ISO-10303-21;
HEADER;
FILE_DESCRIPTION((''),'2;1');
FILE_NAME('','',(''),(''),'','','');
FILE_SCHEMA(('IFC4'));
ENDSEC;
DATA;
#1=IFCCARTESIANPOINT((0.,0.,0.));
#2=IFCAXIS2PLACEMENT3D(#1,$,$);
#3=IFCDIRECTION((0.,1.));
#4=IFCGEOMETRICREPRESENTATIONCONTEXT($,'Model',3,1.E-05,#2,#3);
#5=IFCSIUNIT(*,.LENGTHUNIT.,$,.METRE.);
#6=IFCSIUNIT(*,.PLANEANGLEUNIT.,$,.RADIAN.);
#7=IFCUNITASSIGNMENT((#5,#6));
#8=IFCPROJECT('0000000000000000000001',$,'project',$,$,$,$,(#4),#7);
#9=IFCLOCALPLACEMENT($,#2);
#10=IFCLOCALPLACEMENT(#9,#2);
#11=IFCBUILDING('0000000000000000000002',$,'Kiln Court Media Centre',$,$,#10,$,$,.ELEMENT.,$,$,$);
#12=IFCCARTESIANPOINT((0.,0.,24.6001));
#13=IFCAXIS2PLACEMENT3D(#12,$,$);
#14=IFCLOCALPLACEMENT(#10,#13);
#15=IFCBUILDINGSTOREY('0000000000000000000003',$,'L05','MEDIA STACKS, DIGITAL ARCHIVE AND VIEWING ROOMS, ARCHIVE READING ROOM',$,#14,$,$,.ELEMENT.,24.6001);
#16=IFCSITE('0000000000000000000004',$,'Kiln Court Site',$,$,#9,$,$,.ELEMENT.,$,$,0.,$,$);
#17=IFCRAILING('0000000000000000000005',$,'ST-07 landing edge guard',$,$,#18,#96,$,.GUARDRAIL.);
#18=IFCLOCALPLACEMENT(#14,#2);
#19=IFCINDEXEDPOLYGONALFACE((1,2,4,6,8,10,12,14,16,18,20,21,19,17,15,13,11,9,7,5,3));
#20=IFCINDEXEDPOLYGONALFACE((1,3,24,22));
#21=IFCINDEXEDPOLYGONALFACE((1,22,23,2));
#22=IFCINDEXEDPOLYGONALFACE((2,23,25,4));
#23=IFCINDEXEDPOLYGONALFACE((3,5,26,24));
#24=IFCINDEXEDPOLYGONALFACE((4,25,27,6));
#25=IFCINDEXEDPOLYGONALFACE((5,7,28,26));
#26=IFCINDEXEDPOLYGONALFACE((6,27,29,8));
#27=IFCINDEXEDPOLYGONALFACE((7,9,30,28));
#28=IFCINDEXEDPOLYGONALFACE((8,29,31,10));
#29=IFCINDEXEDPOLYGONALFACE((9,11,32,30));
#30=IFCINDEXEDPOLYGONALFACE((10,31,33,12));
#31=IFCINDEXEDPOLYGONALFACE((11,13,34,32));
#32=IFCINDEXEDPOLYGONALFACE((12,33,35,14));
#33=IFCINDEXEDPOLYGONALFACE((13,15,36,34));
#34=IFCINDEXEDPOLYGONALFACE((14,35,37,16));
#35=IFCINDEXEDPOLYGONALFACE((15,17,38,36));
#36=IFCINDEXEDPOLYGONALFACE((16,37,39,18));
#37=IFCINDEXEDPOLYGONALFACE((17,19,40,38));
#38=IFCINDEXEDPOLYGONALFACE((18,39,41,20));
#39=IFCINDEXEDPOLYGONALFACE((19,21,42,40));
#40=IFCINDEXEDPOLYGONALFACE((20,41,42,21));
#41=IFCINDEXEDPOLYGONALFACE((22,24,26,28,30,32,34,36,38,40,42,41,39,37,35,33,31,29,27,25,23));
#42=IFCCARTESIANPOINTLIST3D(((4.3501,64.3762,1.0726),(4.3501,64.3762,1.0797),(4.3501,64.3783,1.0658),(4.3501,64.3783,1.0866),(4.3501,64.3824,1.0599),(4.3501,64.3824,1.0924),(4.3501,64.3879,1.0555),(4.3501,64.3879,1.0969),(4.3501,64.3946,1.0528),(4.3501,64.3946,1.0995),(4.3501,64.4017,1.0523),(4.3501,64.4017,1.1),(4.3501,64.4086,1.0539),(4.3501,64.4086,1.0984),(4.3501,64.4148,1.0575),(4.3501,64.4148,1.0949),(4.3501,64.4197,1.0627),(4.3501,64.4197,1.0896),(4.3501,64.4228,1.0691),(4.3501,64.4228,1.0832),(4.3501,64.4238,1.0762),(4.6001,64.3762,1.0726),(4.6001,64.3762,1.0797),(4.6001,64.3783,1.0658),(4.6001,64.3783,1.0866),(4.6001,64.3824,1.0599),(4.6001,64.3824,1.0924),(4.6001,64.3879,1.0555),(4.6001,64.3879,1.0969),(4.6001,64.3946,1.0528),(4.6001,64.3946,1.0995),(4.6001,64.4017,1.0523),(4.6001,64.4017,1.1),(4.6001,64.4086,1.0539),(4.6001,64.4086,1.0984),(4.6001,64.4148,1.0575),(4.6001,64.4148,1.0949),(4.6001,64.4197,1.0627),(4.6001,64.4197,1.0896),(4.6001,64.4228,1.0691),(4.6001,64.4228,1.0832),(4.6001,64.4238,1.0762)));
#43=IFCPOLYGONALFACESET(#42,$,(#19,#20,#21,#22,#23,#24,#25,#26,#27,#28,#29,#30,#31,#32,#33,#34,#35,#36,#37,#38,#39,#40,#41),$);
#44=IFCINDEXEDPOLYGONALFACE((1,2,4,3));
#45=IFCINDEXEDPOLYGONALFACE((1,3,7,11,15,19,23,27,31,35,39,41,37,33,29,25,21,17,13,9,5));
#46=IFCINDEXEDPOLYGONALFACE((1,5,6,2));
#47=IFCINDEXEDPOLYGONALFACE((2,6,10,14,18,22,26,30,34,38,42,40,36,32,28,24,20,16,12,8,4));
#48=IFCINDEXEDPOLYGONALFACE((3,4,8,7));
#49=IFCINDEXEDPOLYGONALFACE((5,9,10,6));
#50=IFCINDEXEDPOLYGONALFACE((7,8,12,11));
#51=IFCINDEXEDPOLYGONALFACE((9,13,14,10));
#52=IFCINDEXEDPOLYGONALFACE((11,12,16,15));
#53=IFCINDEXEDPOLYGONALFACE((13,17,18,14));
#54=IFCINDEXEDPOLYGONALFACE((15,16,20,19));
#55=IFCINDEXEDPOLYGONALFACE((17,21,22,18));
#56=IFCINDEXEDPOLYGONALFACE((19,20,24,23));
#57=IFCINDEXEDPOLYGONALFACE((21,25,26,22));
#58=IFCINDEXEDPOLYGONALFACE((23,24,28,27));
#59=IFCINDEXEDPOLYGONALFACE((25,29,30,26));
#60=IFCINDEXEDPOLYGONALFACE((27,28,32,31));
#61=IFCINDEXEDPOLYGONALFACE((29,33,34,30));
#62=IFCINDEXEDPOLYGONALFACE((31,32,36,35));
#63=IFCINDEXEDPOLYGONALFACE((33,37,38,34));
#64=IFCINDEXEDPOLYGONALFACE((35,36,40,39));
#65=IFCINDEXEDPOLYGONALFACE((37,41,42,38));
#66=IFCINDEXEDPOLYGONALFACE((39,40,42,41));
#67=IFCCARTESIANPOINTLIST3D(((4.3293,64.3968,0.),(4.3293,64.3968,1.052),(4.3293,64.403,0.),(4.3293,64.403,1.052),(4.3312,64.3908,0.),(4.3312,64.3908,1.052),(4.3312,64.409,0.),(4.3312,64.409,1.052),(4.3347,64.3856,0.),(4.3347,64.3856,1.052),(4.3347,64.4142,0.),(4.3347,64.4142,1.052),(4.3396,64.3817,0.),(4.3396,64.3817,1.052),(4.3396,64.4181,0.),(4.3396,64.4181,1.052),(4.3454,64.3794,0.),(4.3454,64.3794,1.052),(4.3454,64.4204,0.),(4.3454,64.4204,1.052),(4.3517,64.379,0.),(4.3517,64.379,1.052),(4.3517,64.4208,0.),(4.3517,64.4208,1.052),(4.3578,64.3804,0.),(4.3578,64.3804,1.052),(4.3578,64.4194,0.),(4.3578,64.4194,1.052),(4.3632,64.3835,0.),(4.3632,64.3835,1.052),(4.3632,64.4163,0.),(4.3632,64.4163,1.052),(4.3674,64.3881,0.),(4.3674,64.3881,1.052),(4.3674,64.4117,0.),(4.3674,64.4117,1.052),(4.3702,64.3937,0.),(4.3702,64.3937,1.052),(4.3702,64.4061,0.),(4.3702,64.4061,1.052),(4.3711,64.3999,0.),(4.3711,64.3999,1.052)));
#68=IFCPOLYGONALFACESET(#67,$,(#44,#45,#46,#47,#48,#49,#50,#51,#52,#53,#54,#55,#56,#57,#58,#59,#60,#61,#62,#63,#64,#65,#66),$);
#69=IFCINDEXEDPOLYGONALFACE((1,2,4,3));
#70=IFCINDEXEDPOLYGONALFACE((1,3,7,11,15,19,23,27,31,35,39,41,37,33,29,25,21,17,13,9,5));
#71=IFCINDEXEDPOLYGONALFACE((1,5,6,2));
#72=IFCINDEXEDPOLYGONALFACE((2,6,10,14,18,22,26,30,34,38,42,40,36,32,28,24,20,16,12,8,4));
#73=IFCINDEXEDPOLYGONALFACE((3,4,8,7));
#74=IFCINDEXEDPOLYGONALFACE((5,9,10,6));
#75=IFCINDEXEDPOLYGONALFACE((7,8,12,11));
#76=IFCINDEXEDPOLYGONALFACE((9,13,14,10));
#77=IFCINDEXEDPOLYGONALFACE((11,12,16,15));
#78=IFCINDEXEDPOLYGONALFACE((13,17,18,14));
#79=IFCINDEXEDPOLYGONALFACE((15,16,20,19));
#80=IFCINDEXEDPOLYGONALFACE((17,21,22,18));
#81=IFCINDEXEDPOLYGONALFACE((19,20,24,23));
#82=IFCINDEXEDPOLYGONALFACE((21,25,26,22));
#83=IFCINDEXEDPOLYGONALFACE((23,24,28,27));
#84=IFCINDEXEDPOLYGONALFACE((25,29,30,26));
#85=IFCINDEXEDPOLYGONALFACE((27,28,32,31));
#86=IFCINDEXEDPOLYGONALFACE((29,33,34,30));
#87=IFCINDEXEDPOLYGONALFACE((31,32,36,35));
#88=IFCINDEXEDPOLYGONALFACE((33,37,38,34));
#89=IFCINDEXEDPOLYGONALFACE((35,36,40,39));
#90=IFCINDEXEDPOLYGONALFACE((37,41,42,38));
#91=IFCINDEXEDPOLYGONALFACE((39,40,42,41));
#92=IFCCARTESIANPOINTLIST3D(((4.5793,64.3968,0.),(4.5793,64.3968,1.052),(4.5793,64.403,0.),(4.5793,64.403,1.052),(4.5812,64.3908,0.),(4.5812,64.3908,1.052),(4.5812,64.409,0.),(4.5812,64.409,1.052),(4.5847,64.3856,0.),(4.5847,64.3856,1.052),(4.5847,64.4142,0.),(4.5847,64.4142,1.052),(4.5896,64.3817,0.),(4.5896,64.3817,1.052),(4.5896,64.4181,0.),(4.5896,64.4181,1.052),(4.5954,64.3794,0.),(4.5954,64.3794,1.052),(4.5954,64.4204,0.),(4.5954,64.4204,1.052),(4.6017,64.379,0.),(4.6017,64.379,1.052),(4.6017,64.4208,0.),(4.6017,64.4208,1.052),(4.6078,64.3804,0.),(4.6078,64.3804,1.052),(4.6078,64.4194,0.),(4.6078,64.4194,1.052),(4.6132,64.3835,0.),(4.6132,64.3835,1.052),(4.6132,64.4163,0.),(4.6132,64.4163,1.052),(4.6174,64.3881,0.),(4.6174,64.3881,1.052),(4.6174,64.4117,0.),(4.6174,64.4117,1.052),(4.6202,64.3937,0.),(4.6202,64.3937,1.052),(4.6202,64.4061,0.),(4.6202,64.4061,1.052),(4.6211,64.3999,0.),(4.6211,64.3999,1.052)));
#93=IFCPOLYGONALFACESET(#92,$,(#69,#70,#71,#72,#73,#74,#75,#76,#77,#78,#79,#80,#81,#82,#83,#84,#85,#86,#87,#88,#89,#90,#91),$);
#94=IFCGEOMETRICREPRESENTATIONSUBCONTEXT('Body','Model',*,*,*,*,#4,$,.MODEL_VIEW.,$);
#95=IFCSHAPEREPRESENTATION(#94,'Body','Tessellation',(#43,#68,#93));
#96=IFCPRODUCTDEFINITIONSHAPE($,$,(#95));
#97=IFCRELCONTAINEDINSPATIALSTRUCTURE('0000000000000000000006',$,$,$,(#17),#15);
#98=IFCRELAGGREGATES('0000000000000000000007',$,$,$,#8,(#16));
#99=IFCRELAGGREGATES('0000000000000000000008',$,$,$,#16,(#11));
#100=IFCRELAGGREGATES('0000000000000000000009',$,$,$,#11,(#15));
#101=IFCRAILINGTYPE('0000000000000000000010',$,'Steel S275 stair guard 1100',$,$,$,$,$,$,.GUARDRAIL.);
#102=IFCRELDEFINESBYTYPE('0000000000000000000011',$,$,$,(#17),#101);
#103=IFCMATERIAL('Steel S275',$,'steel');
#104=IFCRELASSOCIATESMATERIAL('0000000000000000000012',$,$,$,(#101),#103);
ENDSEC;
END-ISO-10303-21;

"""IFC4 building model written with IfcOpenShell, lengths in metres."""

from ifc_helpers import new_model, si_unit, direction, frame, origin, origin_2d, place, context, subcontext, project, spatial, circle, extrude, material, type_object, element, save


model = new_model("IFC4")

# Units and contexts
model_context = context("Model", 3, precision=1e-05, world=origin(), true_north=direction((0.0, 1.0)))
body_context = subcontext(model_context, "Body", "Model", "MODEL_VIEW")
ifc_project = project(units=[si_unit("LENGTHUNIT", "METRE"), si_unit("PLANEANGLEUNIT", "RADIAN")], contexts=[model_context])

# Site, building, storey
site_placement = place(None, origin())
site = spatial("IfcSite", under=ifc_project, at=site_placement, Name="Kiln Court Site", CompositionType="ELEMENT", RefElevation=0.0)
building_placement = place(site_placement, origin())
building = spatial("IfcBuilding", under=site, at=building_placement, Name="Kiln Court Media Centre", CompositionType="ELEMENT")
storey_placement = place(building_placement, frame((0.0, 0.0, 24.6001)))
storey = spatial("IfcBuildingStorey", under=building, at=storey_placement, Name="L05", Description="MEDIA STACKS, DIGITAL ARCHIVE AND VIEWING ROOMS, ARCHIVE READING ROOM", CompositionType="ELEMENT", Elevation=24.6001)

# Railing
ifc_material_1 = material(Name="Steel S275", Category="steel")
railing_type_1 = type_object("IfcRailingType", Name="Steel S275 stair guard 1100", PredefinedType="GUARDRAIL", material=ifc_material_1)
for number, where, name in (
    (1, (4.3501, 64.3999, 0.0), "ST-07 landing edge guard"),
):
    element("IfcRailing", number, at=place(storey_placement, frame(where)), inside=storey, type_object=railing_type_1, Name=name, PredefinedType="GUARDRAIL", context=body_context, shape_type="SweptSolid", body=[
        extrude(circle(Radius=0.0239, at=origin_2d()), frame((0.0, 0.0, 1.0762), z_axis=(1.0, 0.0, 0.0), x_axis=(0.0, 1.0, 0.0)), (0.0, 0.0, 1.0), 0.25),
        extrude(circle(Radius=0.021, at=origin_2d()), origin(), (0.0, 0.0, 1.0), 1.052),
        extrude(circle(Radius=0.021, at=origin_2d()), frame((0.25, 0.0, 0.0)), (0.0, 0.0, 1.0), 1.052),
    ])

save(model, "model.ifc")
